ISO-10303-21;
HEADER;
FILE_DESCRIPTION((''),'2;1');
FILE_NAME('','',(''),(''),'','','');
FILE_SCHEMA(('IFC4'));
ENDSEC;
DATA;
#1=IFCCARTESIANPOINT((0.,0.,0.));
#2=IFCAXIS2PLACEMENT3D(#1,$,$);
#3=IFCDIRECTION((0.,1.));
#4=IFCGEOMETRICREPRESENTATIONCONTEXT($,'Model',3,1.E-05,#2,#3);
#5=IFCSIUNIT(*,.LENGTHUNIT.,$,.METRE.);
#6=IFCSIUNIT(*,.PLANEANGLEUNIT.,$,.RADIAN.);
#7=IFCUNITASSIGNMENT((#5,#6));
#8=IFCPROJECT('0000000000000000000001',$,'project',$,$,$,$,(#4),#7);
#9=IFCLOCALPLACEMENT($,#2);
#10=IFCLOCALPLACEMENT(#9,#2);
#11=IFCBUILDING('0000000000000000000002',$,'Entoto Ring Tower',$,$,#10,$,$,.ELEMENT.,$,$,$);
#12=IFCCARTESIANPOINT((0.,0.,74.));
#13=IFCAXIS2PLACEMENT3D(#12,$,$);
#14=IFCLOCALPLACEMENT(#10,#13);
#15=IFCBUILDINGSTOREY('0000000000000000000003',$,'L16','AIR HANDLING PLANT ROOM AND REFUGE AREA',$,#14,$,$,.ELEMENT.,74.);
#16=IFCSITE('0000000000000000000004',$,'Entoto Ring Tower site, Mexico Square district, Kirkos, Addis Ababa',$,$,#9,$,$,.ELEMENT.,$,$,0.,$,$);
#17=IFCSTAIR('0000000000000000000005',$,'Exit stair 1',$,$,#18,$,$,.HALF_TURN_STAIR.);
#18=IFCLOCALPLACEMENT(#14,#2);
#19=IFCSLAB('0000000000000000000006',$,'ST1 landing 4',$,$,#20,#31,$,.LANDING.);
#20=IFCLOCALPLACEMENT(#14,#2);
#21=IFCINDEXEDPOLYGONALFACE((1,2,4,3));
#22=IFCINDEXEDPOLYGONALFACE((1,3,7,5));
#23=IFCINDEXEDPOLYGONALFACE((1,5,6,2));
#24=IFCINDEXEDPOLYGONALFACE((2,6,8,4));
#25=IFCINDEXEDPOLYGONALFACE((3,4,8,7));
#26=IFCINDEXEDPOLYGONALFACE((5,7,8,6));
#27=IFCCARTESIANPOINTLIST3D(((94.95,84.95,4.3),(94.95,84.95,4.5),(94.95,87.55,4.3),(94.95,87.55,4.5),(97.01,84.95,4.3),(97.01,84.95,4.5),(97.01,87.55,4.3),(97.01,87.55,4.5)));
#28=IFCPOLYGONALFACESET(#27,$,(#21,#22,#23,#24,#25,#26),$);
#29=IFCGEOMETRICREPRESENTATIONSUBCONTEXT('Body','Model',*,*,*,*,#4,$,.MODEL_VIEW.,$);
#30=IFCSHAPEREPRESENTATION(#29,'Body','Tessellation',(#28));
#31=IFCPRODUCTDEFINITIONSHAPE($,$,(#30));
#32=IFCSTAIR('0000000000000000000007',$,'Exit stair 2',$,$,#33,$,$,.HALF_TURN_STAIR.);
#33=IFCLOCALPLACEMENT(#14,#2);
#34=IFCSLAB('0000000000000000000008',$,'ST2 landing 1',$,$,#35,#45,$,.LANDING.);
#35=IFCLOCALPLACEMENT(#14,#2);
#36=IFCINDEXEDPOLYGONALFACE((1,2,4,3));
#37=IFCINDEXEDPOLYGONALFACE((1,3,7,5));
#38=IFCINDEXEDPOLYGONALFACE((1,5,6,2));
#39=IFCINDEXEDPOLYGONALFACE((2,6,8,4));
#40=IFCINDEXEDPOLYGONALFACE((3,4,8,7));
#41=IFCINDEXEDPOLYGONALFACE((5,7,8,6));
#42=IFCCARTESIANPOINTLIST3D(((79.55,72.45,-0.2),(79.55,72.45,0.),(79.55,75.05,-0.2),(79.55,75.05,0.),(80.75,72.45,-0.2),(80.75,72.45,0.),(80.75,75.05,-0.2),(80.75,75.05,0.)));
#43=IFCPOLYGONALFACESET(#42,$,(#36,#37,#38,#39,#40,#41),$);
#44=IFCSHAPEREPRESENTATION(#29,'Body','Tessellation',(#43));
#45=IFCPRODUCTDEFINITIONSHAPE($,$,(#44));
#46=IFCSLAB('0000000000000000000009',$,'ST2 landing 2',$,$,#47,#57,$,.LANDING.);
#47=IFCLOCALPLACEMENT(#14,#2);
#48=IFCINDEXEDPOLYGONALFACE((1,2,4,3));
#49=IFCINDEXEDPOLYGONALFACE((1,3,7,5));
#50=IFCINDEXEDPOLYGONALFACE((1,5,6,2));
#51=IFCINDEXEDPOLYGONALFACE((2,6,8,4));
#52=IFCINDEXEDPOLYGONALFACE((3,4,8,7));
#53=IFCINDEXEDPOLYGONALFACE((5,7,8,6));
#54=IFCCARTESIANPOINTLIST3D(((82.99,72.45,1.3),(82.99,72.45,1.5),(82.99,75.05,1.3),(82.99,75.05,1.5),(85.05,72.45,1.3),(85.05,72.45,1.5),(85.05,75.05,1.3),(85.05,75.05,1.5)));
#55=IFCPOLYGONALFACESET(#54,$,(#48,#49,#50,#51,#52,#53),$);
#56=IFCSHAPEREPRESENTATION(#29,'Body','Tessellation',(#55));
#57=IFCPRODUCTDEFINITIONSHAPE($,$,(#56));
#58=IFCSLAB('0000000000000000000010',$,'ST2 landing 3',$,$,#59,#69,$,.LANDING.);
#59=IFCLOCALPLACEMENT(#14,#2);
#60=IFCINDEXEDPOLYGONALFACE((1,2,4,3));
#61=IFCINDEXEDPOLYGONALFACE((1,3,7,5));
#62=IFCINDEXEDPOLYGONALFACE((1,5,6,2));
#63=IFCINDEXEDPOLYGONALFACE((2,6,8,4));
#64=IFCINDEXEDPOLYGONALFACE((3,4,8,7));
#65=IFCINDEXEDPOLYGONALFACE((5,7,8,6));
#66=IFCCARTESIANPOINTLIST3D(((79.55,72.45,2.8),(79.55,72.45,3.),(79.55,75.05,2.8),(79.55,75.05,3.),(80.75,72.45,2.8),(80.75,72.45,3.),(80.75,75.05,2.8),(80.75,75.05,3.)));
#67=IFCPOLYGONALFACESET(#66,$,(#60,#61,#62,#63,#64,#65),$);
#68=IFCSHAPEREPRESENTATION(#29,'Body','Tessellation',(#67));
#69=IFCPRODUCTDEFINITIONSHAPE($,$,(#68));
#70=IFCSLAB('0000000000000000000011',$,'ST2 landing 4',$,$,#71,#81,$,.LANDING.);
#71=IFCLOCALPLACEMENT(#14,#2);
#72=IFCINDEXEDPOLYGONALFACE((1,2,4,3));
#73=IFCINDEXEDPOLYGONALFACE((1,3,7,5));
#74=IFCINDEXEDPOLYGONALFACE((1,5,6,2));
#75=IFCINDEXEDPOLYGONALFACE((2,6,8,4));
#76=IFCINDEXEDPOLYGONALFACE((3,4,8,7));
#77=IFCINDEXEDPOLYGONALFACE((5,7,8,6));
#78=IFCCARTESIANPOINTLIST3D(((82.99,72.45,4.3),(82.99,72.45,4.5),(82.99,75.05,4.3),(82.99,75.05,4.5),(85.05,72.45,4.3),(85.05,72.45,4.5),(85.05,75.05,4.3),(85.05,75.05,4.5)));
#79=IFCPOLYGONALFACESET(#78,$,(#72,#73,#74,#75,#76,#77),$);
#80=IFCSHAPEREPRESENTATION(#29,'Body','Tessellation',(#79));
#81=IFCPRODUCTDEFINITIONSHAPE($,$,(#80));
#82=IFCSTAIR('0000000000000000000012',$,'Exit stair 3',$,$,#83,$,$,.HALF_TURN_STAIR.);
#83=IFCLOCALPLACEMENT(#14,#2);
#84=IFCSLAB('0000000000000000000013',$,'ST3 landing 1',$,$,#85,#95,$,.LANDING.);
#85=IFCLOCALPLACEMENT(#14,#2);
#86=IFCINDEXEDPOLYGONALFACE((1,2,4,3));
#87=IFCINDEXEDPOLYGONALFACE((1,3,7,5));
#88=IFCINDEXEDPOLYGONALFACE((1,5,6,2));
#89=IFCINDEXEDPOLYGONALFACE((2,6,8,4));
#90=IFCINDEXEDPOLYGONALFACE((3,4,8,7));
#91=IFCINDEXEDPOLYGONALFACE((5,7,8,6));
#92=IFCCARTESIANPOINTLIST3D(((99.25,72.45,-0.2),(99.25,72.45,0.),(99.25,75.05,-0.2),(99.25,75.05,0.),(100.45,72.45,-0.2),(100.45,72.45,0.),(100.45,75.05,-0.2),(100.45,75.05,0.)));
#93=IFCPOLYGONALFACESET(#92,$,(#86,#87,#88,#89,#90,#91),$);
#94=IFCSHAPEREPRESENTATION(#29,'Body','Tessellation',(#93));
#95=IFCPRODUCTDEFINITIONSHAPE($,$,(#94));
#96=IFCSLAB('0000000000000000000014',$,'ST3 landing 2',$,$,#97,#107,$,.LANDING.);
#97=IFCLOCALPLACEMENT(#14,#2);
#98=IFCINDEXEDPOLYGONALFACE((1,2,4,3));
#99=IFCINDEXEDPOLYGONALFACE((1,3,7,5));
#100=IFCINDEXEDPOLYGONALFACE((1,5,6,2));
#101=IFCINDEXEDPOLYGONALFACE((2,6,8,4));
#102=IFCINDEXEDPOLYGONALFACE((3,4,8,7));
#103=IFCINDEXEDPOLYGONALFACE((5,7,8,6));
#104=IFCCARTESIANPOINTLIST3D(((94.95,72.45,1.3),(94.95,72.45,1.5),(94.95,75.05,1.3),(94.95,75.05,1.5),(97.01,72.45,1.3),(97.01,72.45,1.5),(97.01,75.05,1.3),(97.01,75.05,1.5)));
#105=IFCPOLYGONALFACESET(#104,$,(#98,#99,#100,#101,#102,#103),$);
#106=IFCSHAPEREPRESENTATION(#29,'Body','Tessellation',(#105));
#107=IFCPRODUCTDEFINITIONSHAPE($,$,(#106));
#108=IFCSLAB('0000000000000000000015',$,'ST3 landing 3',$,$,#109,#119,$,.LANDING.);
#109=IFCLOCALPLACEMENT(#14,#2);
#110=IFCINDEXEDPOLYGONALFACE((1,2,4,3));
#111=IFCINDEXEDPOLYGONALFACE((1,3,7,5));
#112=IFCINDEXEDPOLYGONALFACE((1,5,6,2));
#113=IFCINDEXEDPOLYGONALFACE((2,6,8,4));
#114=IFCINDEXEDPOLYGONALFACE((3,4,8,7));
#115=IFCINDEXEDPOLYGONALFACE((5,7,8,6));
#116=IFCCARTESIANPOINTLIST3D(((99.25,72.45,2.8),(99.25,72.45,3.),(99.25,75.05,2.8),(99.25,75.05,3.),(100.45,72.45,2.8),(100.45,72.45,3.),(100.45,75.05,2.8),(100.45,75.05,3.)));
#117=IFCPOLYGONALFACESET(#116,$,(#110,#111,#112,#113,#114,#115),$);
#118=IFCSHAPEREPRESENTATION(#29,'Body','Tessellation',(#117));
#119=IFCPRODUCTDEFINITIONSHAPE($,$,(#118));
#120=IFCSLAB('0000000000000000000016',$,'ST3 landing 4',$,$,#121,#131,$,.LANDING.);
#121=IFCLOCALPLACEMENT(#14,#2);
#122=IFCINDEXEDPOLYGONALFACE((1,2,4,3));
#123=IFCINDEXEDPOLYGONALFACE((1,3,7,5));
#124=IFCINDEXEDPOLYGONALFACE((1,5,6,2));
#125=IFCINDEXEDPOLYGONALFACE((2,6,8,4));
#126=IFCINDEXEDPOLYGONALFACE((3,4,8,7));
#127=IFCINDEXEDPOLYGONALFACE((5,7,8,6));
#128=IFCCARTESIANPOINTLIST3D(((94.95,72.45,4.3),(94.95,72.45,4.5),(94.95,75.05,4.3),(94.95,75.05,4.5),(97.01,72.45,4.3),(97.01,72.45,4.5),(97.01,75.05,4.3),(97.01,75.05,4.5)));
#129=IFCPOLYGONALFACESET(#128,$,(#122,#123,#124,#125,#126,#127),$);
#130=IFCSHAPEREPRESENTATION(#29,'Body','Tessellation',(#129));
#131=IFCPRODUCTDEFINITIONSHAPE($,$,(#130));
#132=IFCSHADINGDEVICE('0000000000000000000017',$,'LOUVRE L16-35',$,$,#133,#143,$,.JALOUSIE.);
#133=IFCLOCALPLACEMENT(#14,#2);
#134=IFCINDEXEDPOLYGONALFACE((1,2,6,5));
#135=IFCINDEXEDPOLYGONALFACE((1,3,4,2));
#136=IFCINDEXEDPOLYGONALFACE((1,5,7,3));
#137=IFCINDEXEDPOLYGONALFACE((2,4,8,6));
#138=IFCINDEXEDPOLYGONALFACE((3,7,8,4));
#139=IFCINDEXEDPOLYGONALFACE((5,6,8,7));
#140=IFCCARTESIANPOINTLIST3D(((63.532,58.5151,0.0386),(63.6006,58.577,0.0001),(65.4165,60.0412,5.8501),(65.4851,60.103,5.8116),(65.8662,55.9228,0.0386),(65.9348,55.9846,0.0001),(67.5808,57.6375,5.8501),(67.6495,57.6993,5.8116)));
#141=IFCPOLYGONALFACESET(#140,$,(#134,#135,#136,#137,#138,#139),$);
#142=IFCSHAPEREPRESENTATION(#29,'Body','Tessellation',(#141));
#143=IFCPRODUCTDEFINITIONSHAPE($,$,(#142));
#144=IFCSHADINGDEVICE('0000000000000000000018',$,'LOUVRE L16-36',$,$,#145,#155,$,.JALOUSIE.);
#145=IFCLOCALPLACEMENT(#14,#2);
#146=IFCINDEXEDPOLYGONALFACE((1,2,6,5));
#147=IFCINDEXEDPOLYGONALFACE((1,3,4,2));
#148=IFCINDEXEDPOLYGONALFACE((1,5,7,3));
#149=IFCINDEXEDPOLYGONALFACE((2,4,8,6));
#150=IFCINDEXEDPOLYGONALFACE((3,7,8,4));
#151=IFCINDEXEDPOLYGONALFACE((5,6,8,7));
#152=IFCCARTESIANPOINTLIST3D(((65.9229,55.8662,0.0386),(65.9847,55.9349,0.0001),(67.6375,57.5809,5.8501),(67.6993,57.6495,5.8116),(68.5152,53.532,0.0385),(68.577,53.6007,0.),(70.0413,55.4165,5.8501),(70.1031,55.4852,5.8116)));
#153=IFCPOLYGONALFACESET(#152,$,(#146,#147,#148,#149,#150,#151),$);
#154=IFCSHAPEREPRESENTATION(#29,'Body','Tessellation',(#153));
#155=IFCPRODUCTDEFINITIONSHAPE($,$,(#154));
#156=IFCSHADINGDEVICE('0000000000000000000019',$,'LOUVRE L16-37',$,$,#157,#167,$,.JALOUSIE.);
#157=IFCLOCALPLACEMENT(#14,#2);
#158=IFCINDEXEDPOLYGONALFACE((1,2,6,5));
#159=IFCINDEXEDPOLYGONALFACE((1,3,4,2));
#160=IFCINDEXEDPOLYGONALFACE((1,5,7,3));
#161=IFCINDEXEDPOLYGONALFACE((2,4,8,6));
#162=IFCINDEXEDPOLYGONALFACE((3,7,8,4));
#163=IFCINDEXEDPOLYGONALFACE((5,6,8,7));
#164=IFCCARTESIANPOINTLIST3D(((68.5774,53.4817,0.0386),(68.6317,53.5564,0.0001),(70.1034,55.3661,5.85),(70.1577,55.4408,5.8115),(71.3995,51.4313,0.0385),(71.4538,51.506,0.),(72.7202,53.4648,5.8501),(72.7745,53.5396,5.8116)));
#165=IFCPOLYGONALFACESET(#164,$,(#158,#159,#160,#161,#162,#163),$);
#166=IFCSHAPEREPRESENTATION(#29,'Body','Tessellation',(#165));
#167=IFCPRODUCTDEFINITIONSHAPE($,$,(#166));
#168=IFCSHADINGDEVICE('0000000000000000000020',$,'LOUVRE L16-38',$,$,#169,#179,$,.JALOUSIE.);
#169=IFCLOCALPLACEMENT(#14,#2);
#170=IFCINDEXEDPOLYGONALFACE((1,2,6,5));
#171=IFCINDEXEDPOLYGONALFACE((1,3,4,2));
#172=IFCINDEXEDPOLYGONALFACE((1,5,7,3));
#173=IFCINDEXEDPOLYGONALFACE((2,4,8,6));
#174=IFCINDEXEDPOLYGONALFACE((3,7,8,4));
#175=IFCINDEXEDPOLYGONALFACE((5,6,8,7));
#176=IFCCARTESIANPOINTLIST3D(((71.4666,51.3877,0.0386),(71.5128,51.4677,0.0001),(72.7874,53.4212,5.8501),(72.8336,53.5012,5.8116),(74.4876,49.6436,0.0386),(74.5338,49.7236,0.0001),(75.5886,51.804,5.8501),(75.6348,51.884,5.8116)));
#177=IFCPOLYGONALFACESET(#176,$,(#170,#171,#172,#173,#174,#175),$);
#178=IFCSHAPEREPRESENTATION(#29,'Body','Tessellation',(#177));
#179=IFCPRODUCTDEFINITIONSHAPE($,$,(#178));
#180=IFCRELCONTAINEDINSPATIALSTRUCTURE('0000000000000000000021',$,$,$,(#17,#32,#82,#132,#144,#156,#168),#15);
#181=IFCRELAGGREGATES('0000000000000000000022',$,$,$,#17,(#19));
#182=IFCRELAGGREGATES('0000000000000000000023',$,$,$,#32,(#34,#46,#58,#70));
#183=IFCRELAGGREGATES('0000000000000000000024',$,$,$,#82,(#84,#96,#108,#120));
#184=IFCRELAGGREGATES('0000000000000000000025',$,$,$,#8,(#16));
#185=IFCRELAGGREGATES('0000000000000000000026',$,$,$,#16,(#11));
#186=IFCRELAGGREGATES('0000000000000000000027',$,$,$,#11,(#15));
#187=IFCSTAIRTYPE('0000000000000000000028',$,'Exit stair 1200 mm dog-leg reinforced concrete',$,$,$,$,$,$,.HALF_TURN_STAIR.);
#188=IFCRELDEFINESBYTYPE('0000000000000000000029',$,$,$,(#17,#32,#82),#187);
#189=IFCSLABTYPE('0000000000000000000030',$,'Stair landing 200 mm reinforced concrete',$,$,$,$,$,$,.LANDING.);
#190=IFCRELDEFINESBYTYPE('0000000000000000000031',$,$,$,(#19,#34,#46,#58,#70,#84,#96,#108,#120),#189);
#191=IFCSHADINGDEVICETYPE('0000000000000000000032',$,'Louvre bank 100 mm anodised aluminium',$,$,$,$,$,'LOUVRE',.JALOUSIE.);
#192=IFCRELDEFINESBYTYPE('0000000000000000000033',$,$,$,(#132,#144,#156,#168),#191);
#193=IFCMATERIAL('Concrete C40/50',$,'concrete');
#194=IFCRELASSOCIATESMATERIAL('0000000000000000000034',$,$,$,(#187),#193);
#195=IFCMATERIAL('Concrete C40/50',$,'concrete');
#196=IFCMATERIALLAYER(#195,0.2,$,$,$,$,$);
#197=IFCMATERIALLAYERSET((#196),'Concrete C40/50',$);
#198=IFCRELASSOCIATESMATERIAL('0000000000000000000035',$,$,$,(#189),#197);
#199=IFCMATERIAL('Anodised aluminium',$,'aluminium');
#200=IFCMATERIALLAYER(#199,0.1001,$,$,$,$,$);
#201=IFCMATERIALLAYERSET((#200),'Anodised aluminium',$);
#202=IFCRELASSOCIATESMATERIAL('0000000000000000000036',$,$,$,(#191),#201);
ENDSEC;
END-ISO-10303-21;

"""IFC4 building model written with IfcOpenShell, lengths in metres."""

from ifc_helpers import new_model, si_unit, direction, frame, origin, place, context, subcontext, project, spatial, polyline, outline, extrude, material, layer, layer_set, type_object, element, aggregate, save


model = new_model("IFC4")

# Units and contexts
model_context = context("Model", 3, precision=1e-05, world=origin(), true_north=direction((0.0, 1.0)))
body_context = subcontext(model_context, "Body", "Model", "MODEL_VIEW")
ifc_project = project(units=[si_unit("LENGTHUNIT", "METRE"), si_unit("PLANEANGLEUNIT", "RADIAN")], contexts=[model_context])

# Site, building, storey
site_placement = place(None, origin())
site = spatial("IfcSite", under=ifc_project, at=site_placement, Name="Entoto Ring Tower site, Mexico Square district, Kirkos, Addis Ababa", CompositionType="ELEMENT", RefElevation=0.0)
building_placement = place(site_placement, origin())
building = spatial("IfcBuilding", under=site, at=building_placement, Name="Entoto Ring Tower", CompositionType="ELEMENT")
storey_placement = place(building_placement, frame((0.0, 0.0, 74.0)))
storey = spatial("IfcBuildingStorey", under=building, at=storey_placement, Name="L16", Description="AIR HANDLING PLANT ROOM AND REFUGE AREA", CompositionType="ELEMENT", Elevation=74.0)

# Stairs, slabs
ifc_material_1 = material(Name="Concrete C40/50", Category="concrete")
stair_type = type_object("IfcStairType", Name="Exit stair 1200 mm dog-leg reinforced concrete", PredefinedType="HALF_TURN_STAIR", material=ifc_material_1)
stair_1_placement = place(storey_placement, origin())
stair_1 = element("IfcStair", 1, at=stair_1_placement, inside=storey, type_object=stair_type, Name="Exit stair 1", PredefinedType="HALF_TURN_STAIR")
ifc_material_2 = material(Name="Concrete C40/50", Category="concrete")
ifc_layer_1 = layer(ifc_material_2, 0.2)
ifc_layer_set_1 = layer_set([ifc_layer_1], Name="Concrete C40/50")
slab_type_1 = type_object("IfcSlabType", Name="Stair landing 200 mm reinforced concrete", PredefinedType="LANDING", material=ifc_layer_set_1)
slab_1_placement = place(storey_placement, frame((0.0, 0.0, 4.3)))
slab_1 = element("IfcSlab", 2, at=slab_1_placement, type_object=slab_type_1, Name="ST1 landing 4", PredefinedType="LANDING", context=body_context, shape_type="SweptSolid", body=[
    extrude(outline(polyline([(94.95, 84.95), (97.01, 84.95), (97.01, 87.55), (94.95, 87.55), (94.95, 84.95)])), origin(), (0.0, 0.0, 1.0), 0.2),
])
aggregate(stair_1, [slab_1])
stair_2_placement = place(storey_placement, origin())
stair_2 = element("IfcStair", 3, at=stair_2_placement, inside=storey, type_object=stair_type, Name="Exit stair 2", PredefinedType="HALF_TURN_STAIR")
slab_2_placement = place(storey_placement, frame((0.0, 0.0, -0.2)))
slab_2 = element("IfcSlab", 4, at=slab_2_placement, type_object=slab_type_1, Name="ST2 landing 1", PredefinedType="LANDING", context=body_context, shape_type="SweptSolid", body=[
    extrude(outline(polyline([(80.75, 72.45), (80.75, 75.05), (79.55, 75.05), (79.55, 72.45), (80.75, 72.45)])), origin(), (0.0, 0.0, 1.0), 0.2),
])
slab_3_placement = place(storey_placement, frame((0.0, 0.0, 1.3)))
slab_3 = element("IfcSlab", 5, at=slab_3_placement, type_object=slab_type_1, Name="ST2 landing 2", PredefinedType="LANDING", context=body_context, shape_type="SweptSolid", body=[
    extrude(outline(polyline([(82.99, 72.45), (85.05, 72.45), (85.05, 75.05), (82.99, 75.05), (82.99, 72.45)])), origin(), (0.0, 0.0, 1.0), 0.2),
])
slab_4_placement = place(storey_placement, frame((0.0, 0.0, 2.8)))
slab_4 = element("IfcSlab", 6, at=slab_4_placement, type_object=slab_type_1, Name="ST2 landing 3", PredefinedType="LANDING", context=body_context, shape_type="SweptSolid", body=[
    extrude(outline(polyline([(79.55, 72.45), (80.75, 72.45), (80.75, 75.05), (79.55, 75.05), (79.55, 72.45)])), origin(), (0.0, 0.0, 1.0), 0.2),
])
slab_5_placement = place(storey_placement, frame((0.0, 0.0, 4.3)))
slab_5 = element("IfcSlab", 7, at=slab_5_placement, type_object=slab_type_1, Name="ST2 landing 4", PredefinedType="LANDING", context=body_context, shape_type="SweptSolid", body=[
    extrude(outline(polyline([(82.99, 72.45), (85.05, 72.45), (85.05, 75.05), (82.99, 75.05), (82.99, 72.45)])), origin(), (0.0, 0.0, 1.0), 0.2),
])
aggregate(stair_2, [slab_2, slab_3, slab_4, slab_5])
stair_3_placement = place(storey_placement, origin())
stair_3 = element("IfcStair", 8, at=stair_3_placement, inside=storey, type_object=stair_type, Name="Exit stair 3", PredefinedType="HALF_TURN_STAIR")
slab_6_placement = place(storey_placement, frame((0.0, 0.0, -0.2)))
slab_6 = element("IfcSlab", 9, at=slab_6_placement, type_object=slab_type_1, Name="ST3 landing 1", PredefinedType="LANDING", context=body_context, shape_type="SweptSolid", body=[
    extrude(outline(polyline([(100.45, 72.45), (100.45, 75.05), (99.25, 75.05), (99.25, 72.45), (100.45, 72.45)])), origin(), (0.0, 0.0, 1.0), 0.2),
])
slab_7_placement = place(storey_placement, frame((0.0, 0.0, 1.3)))
slab_7 = element("IfcSlab", 10, at=slab_7_placement, type_object=slab_type_1, Name="ST3 landing 2", PredefinedType="LANDING", context=body_context, shape_type="SweptSolid", body=[
    extrude(outline(polyline([(94.95, 72.45), (97.01, 72.45), (97.01, 75.05), (94.95, 75.05), (94.95, 72.45)])), origin(), (0.0, 0.0, 1.0), 0.2),
])
slab_8_placement = place(storey_placement, frame((0.0, 0.0, 2.8)))
slab_8 = element("IfcSlab", 11, at=slab_8_placement, type_object=slab_type_1, Name="ST3 landing 3", PredefinedType="LANDING", context=body_context, shape_type="SweptSolid", body=[
    extrude(outline(polyline([(99.25, 72.45), (100.45, 72.45), (100.45, 75.05), (99.25, 75.05), (99.25, 72.45)])), origin(), (0.0, 0.0, 1.0), 0.2),
])
slab_9_placement = place(storey_placement, frame((0.0, 0.0, 4.3)))
slab_9 = element("IfcSlab", 12, at=slab_9_placement, type_object=slab_type_1, Name="ST3 landing 4", PredefinedType="LANDING", context=body_context, shape_type="SweptSolid", body=[
    extrude(outline(polyline([(94.95, 72.45), (97.01, 72.45), (97.01, 75.05), (94.95, 75.05), (94.95, 72.45)])), origin(), (0.0, 0.0, 1.0), 0.2),
])
aggregate(stair_3, [slab_6, slab_7, slab_8, slab_9])

# Shading devices
ifc_material_3 = material(Name="Anodised aluminium", Category="aluminium")
ifc_layer_2 = layer(ifc_material_3, 0.1001)
ifc_layer_set_2 = layer_set([ifc_layer_2], Name="Anodised aluminium")
shading_device_type = type_object("IfcShadingDeviceType", Name="Louvre bank 100 mm anodised aluminium", ElementType="LOUVRE", PredefinedType="JALOUSIE", material=ifc_layer_set_2)
shading_device_1_placement = place(storey_placement, frame((63.532, 58.5151, 0.0386), z_axis=(-0.685973, -0.617658, 0.384629), x_axis=(0.669136, -0.74314, 0.000008)))
element("IfcShadingDevice", 13, at=shading_device_1_placement, inside=storey, type_object=shading_device_type, Name="LOUVRE L16-35", PredefinedType="JALOUSIE", context=body_context, shape_type="SweptSolid", body=[
    extrude(outline(polyline([(0.0, 0.0), (3.4883, 0.0), (3.3615, 6.2958), (0.1269, 6.2959), (0.0, 0.0)])), origin(), (0.0, 0.0, -1.0), 0.1001),
])
shading_device_2_placement = place(storey_placement, frame((65.9229, 55.8662, 0.0386), z_axis=(-0.617658, -0.685973, 0.384629), x_axis=(0.74314, -0.669136, -0.000008)))
element("IfcShadingDevice", 14, at=shading_device_2_placement, inside=storey, type_object=shading_device_type, Name="LOUVRE L16-36", PredefinedType="JALOUSIE", context=body_context, shape_type="SweptSolid", body=[
    extrude(outline(polyline([(0.0, 0.0), (3.4883, 0.0), (3.3614, 6.2959), (0.1268, 6.2958), (0.0, 0.0)])), origin(), (0.0, 0.0, -1.0), 0.1001),
])
shading_device_3_placement = place(storey_placement, frame((68.5774, 53.4817, 0.0386), z_axis=(-0.542573, -0.746783, 0.384616), x_axis=(0.809011, -0.587793, -0.000017)))
element("IfcShadingDevice", 15, at=shading_device_3_placement, inside=storey, type_object=shading_device_type, Name="LOUVRE L16-37", PredefinedType="JALOUSIE", context=body_context, shape_type="SweptSolid", body=[
    extrude(outline(polyline([(0.0, 0.0), (3.4883, 0.0), (3.3614, 6.2959), (0.1268, 6.2958), (0.0, 0.0)])), origin(), (0.0, 0.0, -1.0), 0.1001),
])
shading_device_4_placement = place(storey_placement, frame((71.4666, 51.3877, 0.0386), z_axis=(-0.461522, -0.799418, 0.384614), x_axis=(0.866035, -0.499984, -0.000004)))
element("IfcShadingDevice", 16, at=shading_device_4_placement, inside=storey, type_object=shading_device_type, Name="LOUVRE L16-38", PredefinedType="JALOUSIE", context=body_context, shape_type="SweptSolid", body=[
    extrude(outline(polyline([(0.0, 0.0), (3.4883, 0.0), (3.3617, 6.2958), (0.1271, 6.2958), (0.0, 0.0)])), origin(), (0.0, 0.0, -1.0), 0.1001),
])

save(model, "model.ifc")
